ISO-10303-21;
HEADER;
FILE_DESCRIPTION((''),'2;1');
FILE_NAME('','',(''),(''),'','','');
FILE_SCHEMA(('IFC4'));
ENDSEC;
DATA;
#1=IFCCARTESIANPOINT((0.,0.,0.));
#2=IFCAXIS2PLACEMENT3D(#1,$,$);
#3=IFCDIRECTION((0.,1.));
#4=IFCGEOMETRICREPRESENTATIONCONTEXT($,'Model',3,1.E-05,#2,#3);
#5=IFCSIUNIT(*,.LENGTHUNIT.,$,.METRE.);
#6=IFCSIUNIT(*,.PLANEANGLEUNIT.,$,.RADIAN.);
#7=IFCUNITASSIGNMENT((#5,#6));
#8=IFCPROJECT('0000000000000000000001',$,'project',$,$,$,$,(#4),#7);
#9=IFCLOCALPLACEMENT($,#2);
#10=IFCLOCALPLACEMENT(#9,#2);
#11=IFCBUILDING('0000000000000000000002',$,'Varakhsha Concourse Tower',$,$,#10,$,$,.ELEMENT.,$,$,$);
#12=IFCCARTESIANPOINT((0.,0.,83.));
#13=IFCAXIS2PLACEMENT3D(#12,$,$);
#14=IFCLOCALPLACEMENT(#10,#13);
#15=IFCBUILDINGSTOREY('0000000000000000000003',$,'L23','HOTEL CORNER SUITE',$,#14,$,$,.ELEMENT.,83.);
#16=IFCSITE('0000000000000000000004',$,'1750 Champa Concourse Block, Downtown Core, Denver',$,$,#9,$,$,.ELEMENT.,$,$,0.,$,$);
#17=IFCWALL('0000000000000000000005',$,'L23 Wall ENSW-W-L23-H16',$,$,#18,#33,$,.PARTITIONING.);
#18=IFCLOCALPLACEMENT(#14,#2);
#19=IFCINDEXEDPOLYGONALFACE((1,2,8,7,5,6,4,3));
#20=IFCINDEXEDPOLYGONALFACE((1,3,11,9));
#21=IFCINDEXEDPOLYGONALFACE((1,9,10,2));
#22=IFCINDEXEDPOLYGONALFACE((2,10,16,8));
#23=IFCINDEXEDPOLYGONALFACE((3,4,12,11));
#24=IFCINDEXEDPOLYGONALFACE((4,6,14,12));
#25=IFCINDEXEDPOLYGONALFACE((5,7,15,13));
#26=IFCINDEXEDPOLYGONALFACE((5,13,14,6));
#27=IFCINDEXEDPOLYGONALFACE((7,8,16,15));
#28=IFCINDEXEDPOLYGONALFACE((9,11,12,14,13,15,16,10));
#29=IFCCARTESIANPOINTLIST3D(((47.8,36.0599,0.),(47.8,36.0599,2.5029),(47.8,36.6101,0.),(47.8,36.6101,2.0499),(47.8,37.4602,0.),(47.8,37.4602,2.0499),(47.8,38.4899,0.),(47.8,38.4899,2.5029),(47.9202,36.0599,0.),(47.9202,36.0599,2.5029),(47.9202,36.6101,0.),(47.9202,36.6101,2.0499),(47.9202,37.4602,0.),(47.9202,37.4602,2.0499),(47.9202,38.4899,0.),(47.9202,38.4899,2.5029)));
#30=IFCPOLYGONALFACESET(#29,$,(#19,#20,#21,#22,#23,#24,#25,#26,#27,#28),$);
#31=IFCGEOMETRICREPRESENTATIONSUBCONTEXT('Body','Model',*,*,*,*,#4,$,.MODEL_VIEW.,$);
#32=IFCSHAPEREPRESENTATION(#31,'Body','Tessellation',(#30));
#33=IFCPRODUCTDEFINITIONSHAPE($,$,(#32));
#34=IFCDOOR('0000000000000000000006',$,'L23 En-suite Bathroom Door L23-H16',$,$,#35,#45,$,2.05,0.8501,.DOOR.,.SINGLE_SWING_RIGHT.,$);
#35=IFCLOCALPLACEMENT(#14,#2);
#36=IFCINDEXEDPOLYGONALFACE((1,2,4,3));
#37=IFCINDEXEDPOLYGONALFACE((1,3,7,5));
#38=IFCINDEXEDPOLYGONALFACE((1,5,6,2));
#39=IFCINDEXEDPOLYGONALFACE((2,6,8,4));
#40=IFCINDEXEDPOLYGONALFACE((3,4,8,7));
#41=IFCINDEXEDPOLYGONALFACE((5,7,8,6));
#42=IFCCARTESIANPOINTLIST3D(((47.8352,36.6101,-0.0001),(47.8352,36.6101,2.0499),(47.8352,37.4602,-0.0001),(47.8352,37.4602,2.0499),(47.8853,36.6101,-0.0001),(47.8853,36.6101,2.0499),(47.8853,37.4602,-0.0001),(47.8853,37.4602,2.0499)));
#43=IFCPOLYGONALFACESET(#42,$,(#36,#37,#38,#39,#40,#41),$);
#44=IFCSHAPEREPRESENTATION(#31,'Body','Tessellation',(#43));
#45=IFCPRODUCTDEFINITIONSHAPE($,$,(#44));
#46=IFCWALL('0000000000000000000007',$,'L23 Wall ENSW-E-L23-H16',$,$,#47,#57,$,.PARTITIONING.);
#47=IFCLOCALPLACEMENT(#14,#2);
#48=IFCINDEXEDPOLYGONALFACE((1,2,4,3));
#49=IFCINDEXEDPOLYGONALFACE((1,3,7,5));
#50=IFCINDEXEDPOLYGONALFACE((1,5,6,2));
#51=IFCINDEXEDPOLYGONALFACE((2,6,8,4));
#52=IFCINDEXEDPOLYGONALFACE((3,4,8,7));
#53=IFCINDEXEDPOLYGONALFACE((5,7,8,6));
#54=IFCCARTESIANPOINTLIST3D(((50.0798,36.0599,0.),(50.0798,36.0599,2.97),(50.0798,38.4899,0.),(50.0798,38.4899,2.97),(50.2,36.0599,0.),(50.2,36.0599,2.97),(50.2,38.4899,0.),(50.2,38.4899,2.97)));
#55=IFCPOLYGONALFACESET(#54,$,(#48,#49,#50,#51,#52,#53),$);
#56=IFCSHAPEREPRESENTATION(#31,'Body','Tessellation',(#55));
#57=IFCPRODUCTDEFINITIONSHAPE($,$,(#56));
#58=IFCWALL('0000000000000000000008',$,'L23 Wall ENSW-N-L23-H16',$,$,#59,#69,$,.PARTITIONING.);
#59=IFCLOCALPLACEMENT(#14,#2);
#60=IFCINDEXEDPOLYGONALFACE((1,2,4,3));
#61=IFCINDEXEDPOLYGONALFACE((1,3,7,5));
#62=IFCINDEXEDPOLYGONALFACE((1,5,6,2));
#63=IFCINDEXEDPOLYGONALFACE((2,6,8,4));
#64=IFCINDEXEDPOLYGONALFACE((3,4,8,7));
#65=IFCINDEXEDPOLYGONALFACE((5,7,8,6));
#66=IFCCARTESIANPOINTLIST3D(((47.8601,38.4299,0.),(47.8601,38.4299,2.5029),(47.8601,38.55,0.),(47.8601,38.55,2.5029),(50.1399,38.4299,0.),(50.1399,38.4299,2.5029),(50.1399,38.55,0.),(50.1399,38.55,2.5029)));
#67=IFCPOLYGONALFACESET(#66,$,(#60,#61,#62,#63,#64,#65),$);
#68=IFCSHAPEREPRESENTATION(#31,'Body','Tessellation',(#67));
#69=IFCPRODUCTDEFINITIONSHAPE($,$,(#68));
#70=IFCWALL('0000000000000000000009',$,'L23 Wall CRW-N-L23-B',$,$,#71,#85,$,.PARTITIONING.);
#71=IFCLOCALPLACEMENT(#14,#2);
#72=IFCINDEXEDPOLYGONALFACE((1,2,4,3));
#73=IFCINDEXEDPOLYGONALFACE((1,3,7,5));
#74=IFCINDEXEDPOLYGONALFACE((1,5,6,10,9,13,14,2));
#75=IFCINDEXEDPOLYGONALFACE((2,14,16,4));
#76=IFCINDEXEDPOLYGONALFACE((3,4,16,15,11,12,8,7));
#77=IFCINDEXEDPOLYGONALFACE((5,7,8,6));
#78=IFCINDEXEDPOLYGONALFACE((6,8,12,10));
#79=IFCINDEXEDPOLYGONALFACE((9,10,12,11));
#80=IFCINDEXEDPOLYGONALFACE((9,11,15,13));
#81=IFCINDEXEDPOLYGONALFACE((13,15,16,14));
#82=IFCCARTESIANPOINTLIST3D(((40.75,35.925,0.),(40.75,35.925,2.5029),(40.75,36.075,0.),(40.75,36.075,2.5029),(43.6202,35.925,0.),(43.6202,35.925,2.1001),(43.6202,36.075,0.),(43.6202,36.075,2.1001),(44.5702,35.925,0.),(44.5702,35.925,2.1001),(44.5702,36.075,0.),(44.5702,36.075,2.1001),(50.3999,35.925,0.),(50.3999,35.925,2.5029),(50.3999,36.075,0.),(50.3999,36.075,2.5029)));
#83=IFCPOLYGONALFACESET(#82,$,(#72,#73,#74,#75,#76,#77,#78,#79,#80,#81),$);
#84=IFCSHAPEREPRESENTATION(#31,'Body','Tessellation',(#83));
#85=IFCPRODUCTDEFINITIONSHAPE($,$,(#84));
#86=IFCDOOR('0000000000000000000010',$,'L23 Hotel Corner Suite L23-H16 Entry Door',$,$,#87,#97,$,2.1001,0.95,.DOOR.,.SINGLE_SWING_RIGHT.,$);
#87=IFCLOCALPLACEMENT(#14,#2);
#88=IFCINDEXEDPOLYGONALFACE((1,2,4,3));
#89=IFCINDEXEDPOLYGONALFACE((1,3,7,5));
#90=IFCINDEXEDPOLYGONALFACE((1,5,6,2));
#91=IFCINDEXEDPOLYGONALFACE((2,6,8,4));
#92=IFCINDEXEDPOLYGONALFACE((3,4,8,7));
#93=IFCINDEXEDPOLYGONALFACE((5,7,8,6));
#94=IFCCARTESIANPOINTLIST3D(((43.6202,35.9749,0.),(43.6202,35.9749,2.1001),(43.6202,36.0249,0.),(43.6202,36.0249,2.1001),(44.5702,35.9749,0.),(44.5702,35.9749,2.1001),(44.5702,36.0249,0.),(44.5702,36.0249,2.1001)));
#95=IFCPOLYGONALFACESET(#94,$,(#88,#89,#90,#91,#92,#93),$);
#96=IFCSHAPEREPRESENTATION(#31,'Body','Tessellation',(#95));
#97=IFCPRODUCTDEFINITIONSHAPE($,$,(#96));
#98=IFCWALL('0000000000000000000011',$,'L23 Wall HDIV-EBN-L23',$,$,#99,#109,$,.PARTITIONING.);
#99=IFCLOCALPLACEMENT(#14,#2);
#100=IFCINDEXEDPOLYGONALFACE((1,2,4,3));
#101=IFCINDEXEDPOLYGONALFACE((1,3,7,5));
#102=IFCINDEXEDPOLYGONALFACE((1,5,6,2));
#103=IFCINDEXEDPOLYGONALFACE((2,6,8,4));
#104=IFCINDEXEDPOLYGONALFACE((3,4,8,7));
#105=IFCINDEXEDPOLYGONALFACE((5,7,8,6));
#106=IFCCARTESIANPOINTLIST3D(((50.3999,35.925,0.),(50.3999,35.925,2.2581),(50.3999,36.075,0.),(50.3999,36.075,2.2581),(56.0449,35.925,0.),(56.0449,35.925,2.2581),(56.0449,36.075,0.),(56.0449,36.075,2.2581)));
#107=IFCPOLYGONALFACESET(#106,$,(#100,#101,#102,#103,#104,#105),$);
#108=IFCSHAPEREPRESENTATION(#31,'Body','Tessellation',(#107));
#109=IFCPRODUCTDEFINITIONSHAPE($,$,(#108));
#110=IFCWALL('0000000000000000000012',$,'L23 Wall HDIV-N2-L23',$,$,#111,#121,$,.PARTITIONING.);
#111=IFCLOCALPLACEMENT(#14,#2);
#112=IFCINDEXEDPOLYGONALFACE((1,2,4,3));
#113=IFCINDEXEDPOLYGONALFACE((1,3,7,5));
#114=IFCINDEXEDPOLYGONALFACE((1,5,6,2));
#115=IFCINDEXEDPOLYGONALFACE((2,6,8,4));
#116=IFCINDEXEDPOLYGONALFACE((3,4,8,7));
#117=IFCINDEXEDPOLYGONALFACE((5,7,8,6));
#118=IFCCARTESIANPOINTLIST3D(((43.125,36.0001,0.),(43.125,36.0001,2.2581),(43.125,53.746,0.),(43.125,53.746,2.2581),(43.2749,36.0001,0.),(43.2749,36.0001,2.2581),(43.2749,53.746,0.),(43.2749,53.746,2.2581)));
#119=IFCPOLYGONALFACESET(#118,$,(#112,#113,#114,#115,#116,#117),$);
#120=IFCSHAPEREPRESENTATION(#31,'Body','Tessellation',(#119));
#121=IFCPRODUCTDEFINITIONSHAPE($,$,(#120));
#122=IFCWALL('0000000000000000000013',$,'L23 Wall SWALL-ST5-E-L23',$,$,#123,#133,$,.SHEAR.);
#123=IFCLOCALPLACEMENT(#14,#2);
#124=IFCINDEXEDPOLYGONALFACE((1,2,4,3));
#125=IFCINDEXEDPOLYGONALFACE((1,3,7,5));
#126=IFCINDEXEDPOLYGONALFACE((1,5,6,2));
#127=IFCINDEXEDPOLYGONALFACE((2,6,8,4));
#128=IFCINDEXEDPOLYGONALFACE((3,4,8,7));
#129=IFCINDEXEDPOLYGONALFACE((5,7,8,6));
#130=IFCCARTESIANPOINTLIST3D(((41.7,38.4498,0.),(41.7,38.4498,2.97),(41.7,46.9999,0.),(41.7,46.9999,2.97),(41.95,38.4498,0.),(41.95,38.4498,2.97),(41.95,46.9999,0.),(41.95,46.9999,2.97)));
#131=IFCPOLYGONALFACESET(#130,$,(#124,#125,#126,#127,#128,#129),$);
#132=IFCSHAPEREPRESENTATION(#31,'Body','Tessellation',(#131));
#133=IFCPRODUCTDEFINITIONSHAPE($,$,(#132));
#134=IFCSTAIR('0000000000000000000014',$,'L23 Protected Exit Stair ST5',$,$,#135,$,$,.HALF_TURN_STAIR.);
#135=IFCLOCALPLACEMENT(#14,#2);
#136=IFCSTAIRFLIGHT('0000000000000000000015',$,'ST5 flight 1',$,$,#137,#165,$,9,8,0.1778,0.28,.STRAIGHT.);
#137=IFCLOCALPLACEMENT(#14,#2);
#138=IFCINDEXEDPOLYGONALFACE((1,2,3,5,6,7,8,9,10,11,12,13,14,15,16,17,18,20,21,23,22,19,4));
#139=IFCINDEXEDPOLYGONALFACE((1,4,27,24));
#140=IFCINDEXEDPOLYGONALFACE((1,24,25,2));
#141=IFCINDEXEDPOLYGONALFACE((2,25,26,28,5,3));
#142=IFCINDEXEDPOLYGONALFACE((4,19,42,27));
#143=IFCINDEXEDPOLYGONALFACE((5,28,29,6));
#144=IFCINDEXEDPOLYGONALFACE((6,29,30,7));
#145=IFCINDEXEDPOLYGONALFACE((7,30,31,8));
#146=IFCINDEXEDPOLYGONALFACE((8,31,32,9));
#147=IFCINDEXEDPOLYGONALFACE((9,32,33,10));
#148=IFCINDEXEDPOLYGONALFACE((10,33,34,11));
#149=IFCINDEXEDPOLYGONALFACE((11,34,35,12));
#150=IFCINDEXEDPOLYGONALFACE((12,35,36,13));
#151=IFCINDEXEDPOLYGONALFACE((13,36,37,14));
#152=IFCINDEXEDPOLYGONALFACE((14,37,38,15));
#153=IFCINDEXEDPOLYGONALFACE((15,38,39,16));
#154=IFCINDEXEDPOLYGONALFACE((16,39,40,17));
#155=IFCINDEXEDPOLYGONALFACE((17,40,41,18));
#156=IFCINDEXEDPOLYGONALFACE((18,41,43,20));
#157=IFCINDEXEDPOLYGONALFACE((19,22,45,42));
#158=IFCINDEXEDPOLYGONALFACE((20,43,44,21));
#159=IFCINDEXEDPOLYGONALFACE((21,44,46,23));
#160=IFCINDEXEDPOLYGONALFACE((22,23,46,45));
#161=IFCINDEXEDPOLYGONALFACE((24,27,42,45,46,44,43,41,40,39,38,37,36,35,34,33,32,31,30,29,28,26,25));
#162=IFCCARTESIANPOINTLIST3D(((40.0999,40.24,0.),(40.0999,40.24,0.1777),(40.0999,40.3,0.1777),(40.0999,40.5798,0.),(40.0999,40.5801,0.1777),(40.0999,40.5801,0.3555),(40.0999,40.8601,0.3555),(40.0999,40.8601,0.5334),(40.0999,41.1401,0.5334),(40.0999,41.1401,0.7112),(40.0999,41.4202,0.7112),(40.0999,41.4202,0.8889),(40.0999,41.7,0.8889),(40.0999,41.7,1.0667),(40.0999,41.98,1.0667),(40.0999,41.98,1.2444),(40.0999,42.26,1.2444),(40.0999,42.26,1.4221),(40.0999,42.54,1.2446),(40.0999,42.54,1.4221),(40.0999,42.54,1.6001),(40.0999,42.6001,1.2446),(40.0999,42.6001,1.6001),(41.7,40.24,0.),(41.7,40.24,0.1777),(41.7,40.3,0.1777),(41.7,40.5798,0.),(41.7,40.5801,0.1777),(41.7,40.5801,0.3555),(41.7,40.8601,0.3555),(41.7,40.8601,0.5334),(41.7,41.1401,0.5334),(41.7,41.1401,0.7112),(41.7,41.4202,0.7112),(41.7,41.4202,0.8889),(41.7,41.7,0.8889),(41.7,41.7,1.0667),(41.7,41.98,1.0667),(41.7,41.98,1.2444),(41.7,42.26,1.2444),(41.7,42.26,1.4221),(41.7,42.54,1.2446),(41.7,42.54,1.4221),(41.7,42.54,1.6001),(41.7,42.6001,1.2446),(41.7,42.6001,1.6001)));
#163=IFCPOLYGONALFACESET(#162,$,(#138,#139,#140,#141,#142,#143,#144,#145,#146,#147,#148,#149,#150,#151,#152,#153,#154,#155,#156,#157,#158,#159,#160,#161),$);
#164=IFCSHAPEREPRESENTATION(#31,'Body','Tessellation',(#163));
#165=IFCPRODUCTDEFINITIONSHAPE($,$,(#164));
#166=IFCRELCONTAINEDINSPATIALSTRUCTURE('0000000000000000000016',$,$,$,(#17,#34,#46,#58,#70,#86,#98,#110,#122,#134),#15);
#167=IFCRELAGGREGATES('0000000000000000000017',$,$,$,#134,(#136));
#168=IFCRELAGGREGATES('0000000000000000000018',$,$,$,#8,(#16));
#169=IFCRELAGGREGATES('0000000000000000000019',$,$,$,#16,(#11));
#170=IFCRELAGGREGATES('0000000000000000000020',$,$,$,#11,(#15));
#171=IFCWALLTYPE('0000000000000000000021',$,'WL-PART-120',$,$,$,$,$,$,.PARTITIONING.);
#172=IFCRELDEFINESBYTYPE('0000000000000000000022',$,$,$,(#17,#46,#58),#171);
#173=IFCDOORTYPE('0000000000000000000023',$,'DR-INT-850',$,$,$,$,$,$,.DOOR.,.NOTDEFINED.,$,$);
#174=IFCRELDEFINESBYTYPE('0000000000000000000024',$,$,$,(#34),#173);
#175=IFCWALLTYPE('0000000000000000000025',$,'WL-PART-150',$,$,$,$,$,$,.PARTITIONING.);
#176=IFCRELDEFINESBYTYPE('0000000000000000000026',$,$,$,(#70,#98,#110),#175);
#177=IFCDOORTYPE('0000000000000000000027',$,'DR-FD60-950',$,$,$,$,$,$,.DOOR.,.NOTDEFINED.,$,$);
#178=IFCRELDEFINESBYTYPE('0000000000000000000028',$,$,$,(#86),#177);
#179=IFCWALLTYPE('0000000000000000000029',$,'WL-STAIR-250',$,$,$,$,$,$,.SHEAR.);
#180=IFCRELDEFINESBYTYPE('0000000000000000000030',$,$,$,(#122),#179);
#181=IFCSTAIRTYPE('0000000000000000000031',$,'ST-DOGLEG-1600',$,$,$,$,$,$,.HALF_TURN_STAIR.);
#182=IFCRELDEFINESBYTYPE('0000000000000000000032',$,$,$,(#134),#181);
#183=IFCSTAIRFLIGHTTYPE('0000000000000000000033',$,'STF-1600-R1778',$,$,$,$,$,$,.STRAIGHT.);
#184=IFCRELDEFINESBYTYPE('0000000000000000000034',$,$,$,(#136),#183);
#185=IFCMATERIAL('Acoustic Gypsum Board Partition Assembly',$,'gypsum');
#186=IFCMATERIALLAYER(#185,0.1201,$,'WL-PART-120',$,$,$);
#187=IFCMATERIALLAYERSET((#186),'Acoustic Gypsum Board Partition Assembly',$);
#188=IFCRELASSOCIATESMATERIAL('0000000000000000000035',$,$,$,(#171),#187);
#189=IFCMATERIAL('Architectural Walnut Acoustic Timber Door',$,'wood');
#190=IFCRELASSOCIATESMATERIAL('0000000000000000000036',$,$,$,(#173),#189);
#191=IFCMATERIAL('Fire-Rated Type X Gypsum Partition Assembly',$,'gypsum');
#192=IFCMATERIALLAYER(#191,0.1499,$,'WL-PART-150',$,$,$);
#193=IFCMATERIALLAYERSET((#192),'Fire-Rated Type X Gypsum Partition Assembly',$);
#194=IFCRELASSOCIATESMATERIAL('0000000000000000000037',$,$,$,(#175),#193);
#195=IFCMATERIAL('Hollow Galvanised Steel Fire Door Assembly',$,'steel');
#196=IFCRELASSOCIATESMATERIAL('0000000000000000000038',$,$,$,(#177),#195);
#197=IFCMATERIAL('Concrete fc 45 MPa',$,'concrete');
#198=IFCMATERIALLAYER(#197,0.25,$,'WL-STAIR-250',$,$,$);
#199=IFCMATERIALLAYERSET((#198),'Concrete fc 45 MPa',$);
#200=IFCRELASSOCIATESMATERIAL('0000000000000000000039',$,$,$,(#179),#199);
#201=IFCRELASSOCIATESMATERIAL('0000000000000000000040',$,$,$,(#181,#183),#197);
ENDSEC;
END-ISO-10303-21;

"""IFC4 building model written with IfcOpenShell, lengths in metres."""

from ifc_helpers import new_model, si_unit, direction, frame, frame_2d, origin, place, context, subcontext, project, spatial, polyline, rectangle, outline, extrude, material, layer, layer_set, type_object, element, fill, aggregate, save


model = new_model("IFC4")

# Units and contexts
model_context = context("Model", 3, precision=1e-05, world=origin(), true_north=direction((0.0, 1.0)))
body_context = subcontext(model_context, "Body", "Model", "MODEL_VIEW")
ifc_project = project(units=[si_unit("LENGTHUNIT", "METRE"), si_unit("PLANEANGLEUNIT", "RADIAN")], contexts=[model_context])

# Site, building, storey
site_placement = place(None, origin())
site = spatial("IfcSite", under=ifc_project, at=site_placement, Name="1750 Champa Concourse Block, Downtown Core, Denver", CompositionType="ELEMENT", RefElevation=0.0)
building_placement = place(site_placement, origin())
building = spatial("IfcBuilding", under=site, at=building_placement, Name="Varakhsha Concourse Tower", CompositionType="ELEMENT")
storey_placement = place(building_placement, frame((0.0, 0.0, 83.0)))
storey = spatial("IfcBuildingStorey", under=building, at=storey_placement, Name="L23", Description="HOTEL CORNER SUITE", CompositionType="ELEMENT", Elevation=83.0)

# Shared definitions
ifc_material_1 = material(Name="Acoustic Gypsum Board Partition Assembly", Category="gypsum")
ifc_layer_1 = layer(ifc_material_1, 0.1201, Name="WL-PART-120")
ifc_layer_set_1 = layer_set([ifc_layer_1], Name="Acoustic Gypsum Board Partition Assembly")
wall_type_1 = type_object("IfcWallType", Name="WL-PART-120", PredefinedType="PARTITIONING", material=ifc_layer_set_1)

# Wall, opening, door
ifc_material_2 = material(Name="Architectural Walnut Acoustic Timber Door", Category="wood")
door_type_1 = type_object("IfcDoorType", Name="DR-INT-850", OperationType="NOTDEFINED", PredefinedType="DOOR", material=ifc_material_2)
wall_1_placement = place(storey_placement, frame((47.8601, 36.0601, 0.0), z_axis=(0.0, 0.0, 1.0), x_axis=(0.0, 1.0, 0.0)))
wall_1 = element("IfcWall", 1, at=wall_1_placement, inside=storey, type_object=wall_type_1, Name="L23 Wall ENSW-W-L23-H16", PredefinedType="PARTITIONING", context=body_context, shape_type="SweptSolid", body=[
    extrude(rectangle(XDim=2.4299, YDim=0.1201, at=frame_2d((1.2148, 0.0))), origin(), (0.0, 0.0, 1.0), 2.5029),
])
opening_1_placement = place(wall_1_placement, frame((0.55, 0.0, 0.0)))
opening_1 = element("IfcOpeningElement", 2, at=opening_1_placement, cuts=wall_1, PredefinedType="OPENING", context=body_context, shape_type="SweptSolid", body=[
    extrude(rectangle(XDim=0.8501, YDim=2.05, at=frame_2d((0.425, 1.0249))), frame((0.0, 0.0701, 0.0), z_axis=(0.0, -1.0, 0.0), x_axis=(1.0, 0.0, 0.0)), (0.0, 0.0, 1.0), 0.1401),
])
door_1_placement = place(opening_1_placement, origin())
door_1 = element("IfcDoor", 3, at=door_1_placement, inside=storey, type_object=door_type_1, Name="L23 En-suite Bathroom Door L23-H16", OperationType="SINGLE_SWING_RIGHT", OverallHeight=2.05, OverallWidth=0.8501, PredefinedType="DOOR", context=body_context, shape_type="SweptSolid", body=[
    extrude(rectangle(XDim=0.8501, YDim=2.05, at=frame_2d((0.425, 1.0249))), frame((0.0, 0.0249, 0.0), z_axis=(0.0, -1.0, 0.0), x_axis=(1.0, 0.0, 0.0)), (0.0, 0.0, 1.0), 0.05),
])
fill(opening_1, door_1)

# Walls
wall_2_placement = place(storey_placement, frame((50.1399, 36.0601, 0.0), z_axis=(0.0, 0.0, 1.0), x_axis=(0.0, 1.0, 0.0)))
element("IfcWall", 4, at=wall_2_placement, inside=storey, type_object=wall_type_1, Name="L23 Wall ENSW-E-L23-H16", PredefinedType="PARTITIONING", context=body_context, shape_type="SweptSolid", body=[
    extrude(rectangle(XDim=2.4299, YDim=0.1201, at=frame_2d((1.2148, 0.0))), origin(), (0.0, 0.0, 1.0), 2.97),
])
wall_3_placement = place(storey_placement, frame((47.8601, 38.49, 0.0), z_axis=(0.0, 0.0, 1.0), x_axis=(1.0, 0.0, 0.0)))
element("IfcWall", 5, at=wall_3_placement, inside=storey, type_object=wall_type_1, Name="L23 Wall ENSW-N-L23-H16", PredefinedType="PARTITIONING", context=body_context, shape_type="SweptSolid", body=[
    extrude(rectangle(XDim=2.2798, YDim=0.1201, at=frame_2d((1.1399, 0.0))), origin(), (0.0, 0.0, 1.0), 2.5029),
])

# Wall, opening, door
ifc_material_3 = material(Name="Fire-Rated Type X Gypsum Partition Assembly", Category="gypsum")
ifc_layer_2 = layer(ifc_material_3, 0.1499, Name="WL-PART-150")
ifc_layer_set_2 = layer_set([ifc_layer_2], Name="Fire-Rated Type X Gypsum Partition Assembly")
wall_type_2 = type_object("IfcWallType", Name="WL-PART-150", PredefinedType="PARTITIONING", material=ifc_layer_set_2)
wall_4_placement = place(storey_placement, frame((40.75, 36.0, 0.0), z_axis=(0.0, 0.0, 1.0), x_axis=(1.0, 0.0, 0.0)))
wall_4 = element("IfcWall", 6, at=wall_4_placement, inside=storey, type_object=wall_type_2, Name="L23 Wall CRW-N-L23-B", PredefinedType="PARTITIONING", context=body_context, shape_type="SweptSolid", body=[
    extrude(rectangle(XDim=9.6499, YDim=0.1499, at=frame_2d((4.825, 0.0))), origin(), (0.0, 0.0, 1.0), 2.5029),
])
opening_2_placement = place(wall_4_placement, frame((2.8701, 0.0, 0.0)))
opening_2 = element("IfcOpeningElement", 7, at=opening_2_placement, cuts=wall_4, PredefinedType="OPENING", context=body_context, shape_type="SweptSolid", body=[
    extrude(rectangle(XDim=0.95, YDim=2.1001, at=frame_2d((0.4751, 1.05))), frame((0.0, 0.085, 0.0), z_axis=(0.0, -1.0, 0.0), x_axis=(1.0, 0.0, 0.0)), (0.0, 0.0, 1.0), 0.1699),
])
ifc_material_4 = material(Name="Hollow Galvanised Steel Fire Door Assembly", Category="steel")
door_type_2 = type_object("IfcDoorType", Name="DR-FD60-950", OperationType="NOTDEFINED", PredefinedType="DOOR", material=ifc_material_4)
door_2_placement = place(opening_2_placement, origin())
door_2 = element("IfcDoor", 8, at=door_2_placement, inside=storey, type_object=door_type_2, Name="L23 Hotel Corner Suite L23-H16 Entry Door", OperationType="SINGLE_SWING_RIGHT", OverallHeight=2.1001, OverallWidth=0.95, PredefinedType="DOOR", context=body_context, shape_type="SweptSolid", body=[
    extrude(rectangle(XDim=0.95, YDim=2.1001, at=frame_2d((0.4751, 1.05))), frame((0.0, 0.0249, 0.0), z_axis=(0.0, -1.0, 0.0), x_axis=(1.0, 0.0, 0.0)), (0.0, 0.0, 1.0), 0.05),
])
fill(opening_2, door_2)

# Walls
wall_5_placement = place(storey_placement, frame((50.3999, 36.0, 0.0), z_axis=(0.0, 0.0, 1.0), x_axis=(1.0, 0.0, 0.0)))
element("IfcWall", 9, at=wall_5_placement, inside=storey, type_object=wall_type_2, Name="L23 Wall HDIV-EBN-L23", PredefinedType="PARTITIONING", context=body_context, shape_type="SweptSolid", body=[
    extrude(rectangle(XDim=5.645, YDim=0.1499, at=frame_2d((2.8225, 0.0))), origin(), (0.0, 0.0, 1.0), 2.2581),
])
wall_6_placement = place(storey_placement, frame((43.2, 36.0, 0.0), z_axis=(0.0, 0.0, 1.0), x_axis=(0.0, 1.0, 0.0)))
element("IfcWall", 10, at=wall_6_placement, inside=storey, type_object=wall_type_2, Name="L23 Wall HDIV-N2-L23", PredefinedType="PARTITIONING", context=body_context, shape_type="SweptSolid", body=[
    extrude(rectangle(XDim=17.7458, YDim=0.1499, at=frame_2d((8.873, 0.0))), origin(), (0.0, 0.0, 1.0), 2.2581),
])
ifc_material_5 = material(Name="Concrete fc 45 MPa", Category="concrete")
ifc_layer_3 = layer(ifc_material_5, 0.25, Name="WL-STAIR-250")
ifc_layer_set_3 = layer_set([ifc_layer_3], Name="Concrete fc 45 MPa")
wall_type_3 = type_object("IfcWallType", Name="WL-STAIR-250", PredefinedType="SHEAR", material=ifc_layer_set_3)
wall_7_placement = place(storey_placement, frame((41.825, 38.45, 0.0), z_axis=(0.0, 0.0, 1.0), x_axis=(0.0, 1.0, 0.0)))
element("IfcWall", 11, at=wall_7_placement, inside=storey, type_object=wall_type_3, Name="L23 Wall SWALL-ST5-E-L23", PredefinedType="SHEAR", context=body_context, shape_type="SweptSolid", body=[
    extrude(rectangle(XDim=8.55, YDim=0.25, at=frame_2d((4.2749, 0.0))), origin(), (0.0, 0.0, 1.0), 2.97),
])

# Stair, stair flight
stair_type = type_object("IfcStairType", Name="ST-DOGLEG-1600", PredefinedType="HALF_TURN_STAIR", material=ifc_material_5)
stair_placement = place(storey_placement, origin())
stair = element("IfcStair", 12, at=stair_placement, inside=storey, type_object=stair_type, Name="L23 Protected Exit Stair ST5", PredefinedType="HALF_TURN_STAIR")
stair_flight_type = type_object("IfcStairFlightType", Name="STF-1600-R1778", PredefinedType="STRAIGHT", material=ifc_material_5)
stair_flight_placement = place(storey_placement, frame((40.8999, 40.3, 0.0), z_axis=(0.0, 0.0, 1.0), x_axis=(0.0, 1.0, 0.0)))
stair_flight = element("IfcStairFlight", 13, at=stair_flight_placement, type_object=stair_flight_type, Name="ST5 flight 1", NumberOfRisers=9, NumberOfTreads=8, PredefinedType="STRAIGHT", RiserHeight=0.1778, TreadLength=0.28, context=body_context, shape_type="SweptSolid", body=[
    extrude(outline(polyline([(-0.0601, 0.0), (-0.0601, 0.1777), (0.0, 0.1777), (0.28, 0.1777), (0.28, 0.3555), (0.5601, 0.3555), (0.5601, 0.5334), (0.8401, 0.5334), (0.8401, 0.7112), (1.1201, 0.7112), (1.1201, 0.8889), (1.3999, 0.8889), (1.3999, 1.0667), (1.6799, 1.0667), (1.6799, 1.2444), (1.96, 1.2444), (1.96, 1.4221), (2.24, 1.4221), (2.24, 1.6001), (2.3, 1.6001), (2.3, 1.2446), (2.24, 1.2446), (0.2798, 0.0), (-0.0601, 0.0)])), frame((0.0, 0.8, 0.0), z_axis=(0.0, -1.0, 0.0), x_axis=(1.0, 0.0, 0.0)), (0.0, 0.0, 1.0), 1.6001),
])
aggregate(stair, [stair_flight])

save(model, "model.ifc")
